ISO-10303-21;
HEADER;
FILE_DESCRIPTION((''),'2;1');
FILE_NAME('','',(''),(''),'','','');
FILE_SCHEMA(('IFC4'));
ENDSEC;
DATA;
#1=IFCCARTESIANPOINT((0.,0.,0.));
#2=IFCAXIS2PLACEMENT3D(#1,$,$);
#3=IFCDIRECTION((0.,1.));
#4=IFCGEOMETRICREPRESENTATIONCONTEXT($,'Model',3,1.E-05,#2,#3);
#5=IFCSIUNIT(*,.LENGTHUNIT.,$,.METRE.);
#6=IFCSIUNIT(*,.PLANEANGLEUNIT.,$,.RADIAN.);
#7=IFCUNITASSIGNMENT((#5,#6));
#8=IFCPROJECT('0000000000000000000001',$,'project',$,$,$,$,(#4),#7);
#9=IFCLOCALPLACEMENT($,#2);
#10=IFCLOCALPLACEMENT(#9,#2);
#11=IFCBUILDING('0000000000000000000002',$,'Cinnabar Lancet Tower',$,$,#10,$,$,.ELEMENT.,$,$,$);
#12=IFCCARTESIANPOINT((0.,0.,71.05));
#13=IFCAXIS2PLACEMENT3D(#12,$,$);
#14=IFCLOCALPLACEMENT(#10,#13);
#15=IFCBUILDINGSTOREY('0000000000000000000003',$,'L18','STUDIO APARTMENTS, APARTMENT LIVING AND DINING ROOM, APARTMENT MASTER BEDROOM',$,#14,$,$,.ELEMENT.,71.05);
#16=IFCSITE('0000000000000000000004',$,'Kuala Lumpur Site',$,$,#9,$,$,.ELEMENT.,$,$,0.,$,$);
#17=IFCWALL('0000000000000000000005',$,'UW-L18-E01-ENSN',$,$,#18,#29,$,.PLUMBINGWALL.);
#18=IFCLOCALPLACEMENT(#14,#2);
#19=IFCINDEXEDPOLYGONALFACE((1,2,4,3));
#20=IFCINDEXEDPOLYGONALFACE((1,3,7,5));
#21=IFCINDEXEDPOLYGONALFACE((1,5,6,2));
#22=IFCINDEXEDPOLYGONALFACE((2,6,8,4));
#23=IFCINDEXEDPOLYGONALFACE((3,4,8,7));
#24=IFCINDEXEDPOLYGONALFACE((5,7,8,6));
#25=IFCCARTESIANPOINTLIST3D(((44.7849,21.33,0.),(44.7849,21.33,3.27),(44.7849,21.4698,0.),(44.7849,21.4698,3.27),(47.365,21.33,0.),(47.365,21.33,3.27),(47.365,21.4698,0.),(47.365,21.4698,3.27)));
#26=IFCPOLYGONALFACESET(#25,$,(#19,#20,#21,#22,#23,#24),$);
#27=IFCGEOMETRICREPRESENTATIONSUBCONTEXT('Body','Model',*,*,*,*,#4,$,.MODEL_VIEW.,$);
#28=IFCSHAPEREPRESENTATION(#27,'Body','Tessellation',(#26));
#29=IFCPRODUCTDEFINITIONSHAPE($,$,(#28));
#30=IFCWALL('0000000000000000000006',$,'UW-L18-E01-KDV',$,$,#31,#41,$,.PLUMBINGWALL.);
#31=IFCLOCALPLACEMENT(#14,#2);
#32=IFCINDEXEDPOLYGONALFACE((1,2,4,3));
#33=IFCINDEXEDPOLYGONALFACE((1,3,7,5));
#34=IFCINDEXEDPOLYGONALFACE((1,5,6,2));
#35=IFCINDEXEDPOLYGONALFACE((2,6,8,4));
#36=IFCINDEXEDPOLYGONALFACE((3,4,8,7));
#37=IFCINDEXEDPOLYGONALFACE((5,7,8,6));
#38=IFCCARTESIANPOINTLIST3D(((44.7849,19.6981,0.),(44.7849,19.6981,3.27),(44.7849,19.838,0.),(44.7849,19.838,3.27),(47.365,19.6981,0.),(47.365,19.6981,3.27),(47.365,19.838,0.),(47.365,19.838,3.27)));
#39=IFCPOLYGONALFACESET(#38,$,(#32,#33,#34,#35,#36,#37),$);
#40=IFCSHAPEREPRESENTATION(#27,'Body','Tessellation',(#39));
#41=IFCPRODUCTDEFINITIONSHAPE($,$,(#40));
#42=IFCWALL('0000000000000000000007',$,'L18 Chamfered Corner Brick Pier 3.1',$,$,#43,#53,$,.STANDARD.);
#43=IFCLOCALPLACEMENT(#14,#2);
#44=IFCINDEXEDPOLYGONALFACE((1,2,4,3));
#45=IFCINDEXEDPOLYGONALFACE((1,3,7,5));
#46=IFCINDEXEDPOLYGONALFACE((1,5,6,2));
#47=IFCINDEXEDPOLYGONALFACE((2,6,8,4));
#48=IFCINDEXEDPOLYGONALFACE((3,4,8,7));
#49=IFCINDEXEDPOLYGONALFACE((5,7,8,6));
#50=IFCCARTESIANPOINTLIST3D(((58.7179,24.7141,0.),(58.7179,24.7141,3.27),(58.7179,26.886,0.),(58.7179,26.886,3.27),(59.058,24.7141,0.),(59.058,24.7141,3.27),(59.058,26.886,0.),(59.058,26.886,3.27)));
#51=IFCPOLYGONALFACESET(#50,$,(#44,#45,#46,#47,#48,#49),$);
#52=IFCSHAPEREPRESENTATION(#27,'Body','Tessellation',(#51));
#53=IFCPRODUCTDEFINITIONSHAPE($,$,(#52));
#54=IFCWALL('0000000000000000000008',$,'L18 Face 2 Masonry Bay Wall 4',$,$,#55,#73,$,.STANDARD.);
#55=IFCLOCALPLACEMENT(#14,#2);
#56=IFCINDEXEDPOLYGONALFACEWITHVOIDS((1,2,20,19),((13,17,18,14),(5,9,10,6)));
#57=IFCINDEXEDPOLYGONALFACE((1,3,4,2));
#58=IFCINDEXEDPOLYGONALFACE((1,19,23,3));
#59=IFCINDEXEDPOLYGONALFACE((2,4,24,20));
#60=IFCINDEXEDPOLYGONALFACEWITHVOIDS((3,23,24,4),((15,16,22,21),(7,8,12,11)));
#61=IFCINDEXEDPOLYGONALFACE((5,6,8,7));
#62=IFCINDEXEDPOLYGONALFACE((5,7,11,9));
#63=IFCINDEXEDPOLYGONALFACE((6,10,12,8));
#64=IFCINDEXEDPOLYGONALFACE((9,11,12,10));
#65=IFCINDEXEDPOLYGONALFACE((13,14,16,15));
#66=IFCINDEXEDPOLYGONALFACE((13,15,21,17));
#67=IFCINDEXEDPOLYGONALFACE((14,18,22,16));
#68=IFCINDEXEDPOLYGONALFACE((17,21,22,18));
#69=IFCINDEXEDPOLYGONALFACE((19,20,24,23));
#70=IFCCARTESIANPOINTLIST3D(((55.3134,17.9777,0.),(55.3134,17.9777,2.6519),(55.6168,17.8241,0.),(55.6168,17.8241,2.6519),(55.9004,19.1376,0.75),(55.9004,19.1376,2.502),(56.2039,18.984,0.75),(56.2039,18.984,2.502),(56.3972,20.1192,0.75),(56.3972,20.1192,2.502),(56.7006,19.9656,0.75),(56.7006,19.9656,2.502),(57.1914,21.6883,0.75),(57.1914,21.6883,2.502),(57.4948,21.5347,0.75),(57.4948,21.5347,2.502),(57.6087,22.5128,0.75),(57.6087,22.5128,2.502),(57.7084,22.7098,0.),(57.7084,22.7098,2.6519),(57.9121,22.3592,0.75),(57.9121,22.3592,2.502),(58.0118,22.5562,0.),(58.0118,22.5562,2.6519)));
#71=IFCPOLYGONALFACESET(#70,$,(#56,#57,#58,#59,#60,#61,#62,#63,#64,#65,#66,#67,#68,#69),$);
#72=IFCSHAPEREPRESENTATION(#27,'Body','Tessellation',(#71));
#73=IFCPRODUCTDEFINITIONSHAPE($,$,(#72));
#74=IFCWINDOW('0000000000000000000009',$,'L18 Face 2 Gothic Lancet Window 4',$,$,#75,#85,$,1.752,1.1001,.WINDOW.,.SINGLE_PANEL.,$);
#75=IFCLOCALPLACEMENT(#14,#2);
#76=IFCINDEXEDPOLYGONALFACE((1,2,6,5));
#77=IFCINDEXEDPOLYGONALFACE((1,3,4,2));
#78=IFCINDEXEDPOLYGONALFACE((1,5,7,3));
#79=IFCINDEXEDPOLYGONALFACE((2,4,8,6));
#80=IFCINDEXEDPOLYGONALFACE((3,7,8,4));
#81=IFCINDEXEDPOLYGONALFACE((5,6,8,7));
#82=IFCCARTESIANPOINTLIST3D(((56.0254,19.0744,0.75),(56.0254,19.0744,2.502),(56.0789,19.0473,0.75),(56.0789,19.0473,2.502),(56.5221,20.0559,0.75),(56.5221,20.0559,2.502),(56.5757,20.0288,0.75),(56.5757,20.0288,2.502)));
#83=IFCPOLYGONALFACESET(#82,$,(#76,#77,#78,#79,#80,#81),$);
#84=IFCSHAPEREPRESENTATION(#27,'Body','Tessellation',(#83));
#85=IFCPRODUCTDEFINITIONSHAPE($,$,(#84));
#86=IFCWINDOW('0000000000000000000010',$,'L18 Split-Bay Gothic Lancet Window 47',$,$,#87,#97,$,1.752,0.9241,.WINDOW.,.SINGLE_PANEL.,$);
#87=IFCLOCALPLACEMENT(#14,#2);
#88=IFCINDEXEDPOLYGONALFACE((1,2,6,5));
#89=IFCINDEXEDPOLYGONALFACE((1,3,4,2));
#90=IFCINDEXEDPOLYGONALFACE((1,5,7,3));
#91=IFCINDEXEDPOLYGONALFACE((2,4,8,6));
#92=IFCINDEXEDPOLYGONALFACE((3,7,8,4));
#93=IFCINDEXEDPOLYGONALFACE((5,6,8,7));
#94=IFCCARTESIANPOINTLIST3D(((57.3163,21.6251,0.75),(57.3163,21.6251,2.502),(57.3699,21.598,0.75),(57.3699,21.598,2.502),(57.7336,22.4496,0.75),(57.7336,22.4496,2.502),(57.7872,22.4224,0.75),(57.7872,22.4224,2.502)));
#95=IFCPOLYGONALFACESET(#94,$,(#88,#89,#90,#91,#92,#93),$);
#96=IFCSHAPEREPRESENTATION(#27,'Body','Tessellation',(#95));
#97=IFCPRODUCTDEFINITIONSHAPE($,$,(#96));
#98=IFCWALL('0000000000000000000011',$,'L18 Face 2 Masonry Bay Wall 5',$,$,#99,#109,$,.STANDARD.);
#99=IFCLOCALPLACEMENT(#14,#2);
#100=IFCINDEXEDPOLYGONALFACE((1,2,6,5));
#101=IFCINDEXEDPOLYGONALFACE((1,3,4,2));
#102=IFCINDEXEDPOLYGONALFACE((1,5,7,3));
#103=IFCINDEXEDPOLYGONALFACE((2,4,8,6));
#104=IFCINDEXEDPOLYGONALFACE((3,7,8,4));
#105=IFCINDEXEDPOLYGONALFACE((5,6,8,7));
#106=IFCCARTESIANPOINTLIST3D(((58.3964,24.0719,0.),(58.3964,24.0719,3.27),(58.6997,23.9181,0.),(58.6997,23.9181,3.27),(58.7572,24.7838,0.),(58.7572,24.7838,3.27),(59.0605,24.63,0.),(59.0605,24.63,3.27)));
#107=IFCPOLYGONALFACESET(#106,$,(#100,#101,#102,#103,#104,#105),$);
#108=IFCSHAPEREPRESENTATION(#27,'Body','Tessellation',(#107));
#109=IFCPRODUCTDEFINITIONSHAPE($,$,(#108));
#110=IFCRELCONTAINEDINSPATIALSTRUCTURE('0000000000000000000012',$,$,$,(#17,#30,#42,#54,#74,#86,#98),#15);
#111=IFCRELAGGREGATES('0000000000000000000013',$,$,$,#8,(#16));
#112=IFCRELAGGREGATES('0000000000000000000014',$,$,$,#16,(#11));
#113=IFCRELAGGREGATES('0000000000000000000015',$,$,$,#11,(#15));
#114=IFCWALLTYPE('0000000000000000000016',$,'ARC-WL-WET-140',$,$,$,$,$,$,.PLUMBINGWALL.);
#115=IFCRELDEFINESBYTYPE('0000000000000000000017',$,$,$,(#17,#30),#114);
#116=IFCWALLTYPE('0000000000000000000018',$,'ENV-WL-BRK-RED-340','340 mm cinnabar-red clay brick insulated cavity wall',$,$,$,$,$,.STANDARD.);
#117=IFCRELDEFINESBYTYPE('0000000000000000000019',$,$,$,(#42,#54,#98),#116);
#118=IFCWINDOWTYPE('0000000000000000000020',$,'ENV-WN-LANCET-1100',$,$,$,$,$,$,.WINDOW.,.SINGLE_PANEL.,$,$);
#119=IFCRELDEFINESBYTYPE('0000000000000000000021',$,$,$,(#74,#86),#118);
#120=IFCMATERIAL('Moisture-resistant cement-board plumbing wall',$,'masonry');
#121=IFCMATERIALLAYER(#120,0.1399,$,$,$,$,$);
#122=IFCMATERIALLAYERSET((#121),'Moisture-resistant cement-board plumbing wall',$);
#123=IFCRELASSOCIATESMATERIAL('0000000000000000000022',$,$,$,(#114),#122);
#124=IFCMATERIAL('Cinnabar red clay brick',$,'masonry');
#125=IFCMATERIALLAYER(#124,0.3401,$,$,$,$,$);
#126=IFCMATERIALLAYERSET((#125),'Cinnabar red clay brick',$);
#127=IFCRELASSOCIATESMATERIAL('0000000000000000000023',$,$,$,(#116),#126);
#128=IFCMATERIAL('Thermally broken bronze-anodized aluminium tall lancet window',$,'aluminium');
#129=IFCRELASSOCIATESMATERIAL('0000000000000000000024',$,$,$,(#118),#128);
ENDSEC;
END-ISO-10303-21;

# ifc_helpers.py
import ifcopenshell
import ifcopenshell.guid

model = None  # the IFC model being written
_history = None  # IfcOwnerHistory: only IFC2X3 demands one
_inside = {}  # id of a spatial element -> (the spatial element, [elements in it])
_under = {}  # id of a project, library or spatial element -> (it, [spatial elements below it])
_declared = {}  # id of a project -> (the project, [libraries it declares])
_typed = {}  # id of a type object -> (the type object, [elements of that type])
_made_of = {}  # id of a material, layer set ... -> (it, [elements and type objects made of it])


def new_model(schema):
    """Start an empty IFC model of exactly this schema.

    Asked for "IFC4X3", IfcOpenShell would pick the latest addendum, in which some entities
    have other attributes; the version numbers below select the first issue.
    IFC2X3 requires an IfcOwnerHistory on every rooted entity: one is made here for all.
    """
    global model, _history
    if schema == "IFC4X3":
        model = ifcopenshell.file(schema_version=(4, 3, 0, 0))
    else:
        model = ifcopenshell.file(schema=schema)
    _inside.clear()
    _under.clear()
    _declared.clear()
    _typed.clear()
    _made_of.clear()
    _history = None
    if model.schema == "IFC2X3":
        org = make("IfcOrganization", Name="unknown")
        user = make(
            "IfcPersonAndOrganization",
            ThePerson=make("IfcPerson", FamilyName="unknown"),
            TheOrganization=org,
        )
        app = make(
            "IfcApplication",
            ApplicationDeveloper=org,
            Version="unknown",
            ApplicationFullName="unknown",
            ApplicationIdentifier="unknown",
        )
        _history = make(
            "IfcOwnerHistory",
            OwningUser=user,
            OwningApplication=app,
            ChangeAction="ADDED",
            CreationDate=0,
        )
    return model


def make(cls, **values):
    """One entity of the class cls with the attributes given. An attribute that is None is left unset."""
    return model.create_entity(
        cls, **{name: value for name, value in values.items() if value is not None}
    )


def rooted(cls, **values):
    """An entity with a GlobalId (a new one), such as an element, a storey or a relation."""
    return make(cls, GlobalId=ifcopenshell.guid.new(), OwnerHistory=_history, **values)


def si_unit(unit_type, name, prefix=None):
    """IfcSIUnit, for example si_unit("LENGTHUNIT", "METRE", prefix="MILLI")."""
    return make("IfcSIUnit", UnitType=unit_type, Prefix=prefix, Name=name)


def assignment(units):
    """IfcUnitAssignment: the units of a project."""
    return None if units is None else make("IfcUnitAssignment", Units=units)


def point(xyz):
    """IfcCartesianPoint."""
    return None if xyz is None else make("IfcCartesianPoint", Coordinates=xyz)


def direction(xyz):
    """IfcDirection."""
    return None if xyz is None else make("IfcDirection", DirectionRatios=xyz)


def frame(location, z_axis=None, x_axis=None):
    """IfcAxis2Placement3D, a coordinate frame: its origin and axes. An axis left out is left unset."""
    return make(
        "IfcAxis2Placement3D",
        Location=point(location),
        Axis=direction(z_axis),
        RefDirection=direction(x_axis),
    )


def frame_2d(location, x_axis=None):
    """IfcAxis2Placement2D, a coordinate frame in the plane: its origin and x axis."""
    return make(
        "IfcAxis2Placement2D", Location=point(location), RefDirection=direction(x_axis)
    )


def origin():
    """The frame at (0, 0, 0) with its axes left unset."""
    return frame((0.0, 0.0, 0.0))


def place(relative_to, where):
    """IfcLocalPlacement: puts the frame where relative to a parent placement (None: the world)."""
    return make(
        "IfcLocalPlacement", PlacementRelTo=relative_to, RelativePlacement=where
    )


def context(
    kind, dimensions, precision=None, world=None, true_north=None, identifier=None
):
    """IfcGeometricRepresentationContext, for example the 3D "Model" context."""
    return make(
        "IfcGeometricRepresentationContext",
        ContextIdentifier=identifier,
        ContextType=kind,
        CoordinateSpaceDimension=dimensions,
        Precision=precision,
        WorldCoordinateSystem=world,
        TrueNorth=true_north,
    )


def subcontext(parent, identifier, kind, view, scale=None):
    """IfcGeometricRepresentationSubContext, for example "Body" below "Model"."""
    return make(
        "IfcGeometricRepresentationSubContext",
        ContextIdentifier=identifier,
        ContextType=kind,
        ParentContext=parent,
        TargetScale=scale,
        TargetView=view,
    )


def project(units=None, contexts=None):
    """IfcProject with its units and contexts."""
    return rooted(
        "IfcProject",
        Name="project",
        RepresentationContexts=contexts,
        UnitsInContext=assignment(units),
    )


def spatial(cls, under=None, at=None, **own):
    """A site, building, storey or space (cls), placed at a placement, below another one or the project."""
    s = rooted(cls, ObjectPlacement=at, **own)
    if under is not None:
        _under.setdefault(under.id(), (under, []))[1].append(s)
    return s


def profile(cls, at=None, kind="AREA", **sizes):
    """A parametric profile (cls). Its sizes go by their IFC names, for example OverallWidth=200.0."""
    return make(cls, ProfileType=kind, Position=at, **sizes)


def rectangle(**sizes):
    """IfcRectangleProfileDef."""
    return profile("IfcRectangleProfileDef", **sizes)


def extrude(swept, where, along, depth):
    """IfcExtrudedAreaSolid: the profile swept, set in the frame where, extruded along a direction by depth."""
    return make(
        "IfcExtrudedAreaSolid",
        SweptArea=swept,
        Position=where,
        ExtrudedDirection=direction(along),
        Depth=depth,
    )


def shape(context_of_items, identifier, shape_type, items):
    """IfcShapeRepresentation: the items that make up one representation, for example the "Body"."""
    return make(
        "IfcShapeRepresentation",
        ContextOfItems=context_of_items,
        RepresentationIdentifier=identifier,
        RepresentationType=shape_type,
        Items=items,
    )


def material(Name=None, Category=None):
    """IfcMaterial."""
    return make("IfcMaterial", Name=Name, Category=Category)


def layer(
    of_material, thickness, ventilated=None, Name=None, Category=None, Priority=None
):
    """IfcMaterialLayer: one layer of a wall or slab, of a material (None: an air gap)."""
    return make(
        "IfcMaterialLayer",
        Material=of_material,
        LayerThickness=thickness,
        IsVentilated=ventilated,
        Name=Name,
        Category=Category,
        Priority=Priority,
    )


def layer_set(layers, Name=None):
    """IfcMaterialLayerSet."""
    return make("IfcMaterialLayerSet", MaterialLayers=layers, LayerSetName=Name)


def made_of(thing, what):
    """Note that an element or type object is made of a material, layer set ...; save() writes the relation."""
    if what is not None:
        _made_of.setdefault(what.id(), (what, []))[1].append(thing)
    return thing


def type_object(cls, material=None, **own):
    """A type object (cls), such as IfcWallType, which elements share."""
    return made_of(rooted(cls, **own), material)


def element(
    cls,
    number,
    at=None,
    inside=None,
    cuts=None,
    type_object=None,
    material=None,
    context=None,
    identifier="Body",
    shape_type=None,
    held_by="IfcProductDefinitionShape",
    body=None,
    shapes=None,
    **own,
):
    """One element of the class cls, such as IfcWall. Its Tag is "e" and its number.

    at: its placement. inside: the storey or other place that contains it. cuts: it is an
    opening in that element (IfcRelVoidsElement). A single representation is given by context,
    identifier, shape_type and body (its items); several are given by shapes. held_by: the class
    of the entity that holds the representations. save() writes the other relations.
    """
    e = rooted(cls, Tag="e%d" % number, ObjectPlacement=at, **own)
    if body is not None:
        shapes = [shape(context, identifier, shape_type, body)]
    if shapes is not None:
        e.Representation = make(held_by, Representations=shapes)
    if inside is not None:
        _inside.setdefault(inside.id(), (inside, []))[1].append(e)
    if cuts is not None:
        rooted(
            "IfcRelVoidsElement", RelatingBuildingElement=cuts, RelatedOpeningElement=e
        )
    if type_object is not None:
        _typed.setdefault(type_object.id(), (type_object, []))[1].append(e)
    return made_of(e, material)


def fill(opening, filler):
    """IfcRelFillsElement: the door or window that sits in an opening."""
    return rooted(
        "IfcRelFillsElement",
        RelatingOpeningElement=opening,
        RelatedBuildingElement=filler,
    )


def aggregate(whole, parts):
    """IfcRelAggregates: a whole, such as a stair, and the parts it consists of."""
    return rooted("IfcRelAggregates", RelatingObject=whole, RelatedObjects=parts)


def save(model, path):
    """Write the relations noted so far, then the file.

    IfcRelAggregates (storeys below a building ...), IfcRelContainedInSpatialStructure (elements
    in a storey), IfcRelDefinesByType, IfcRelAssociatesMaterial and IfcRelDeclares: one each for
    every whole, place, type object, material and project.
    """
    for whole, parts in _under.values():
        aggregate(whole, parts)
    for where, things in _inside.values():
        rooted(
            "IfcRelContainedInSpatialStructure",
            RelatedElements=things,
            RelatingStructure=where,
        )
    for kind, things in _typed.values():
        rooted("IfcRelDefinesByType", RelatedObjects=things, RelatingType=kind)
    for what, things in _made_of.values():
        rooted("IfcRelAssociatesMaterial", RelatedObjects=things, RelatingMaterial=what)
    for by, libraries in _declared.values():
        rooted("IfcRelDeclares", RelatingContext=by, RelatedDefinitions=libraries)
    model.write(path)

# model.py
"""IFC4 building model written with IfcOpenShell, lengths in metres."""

from ifc_helpers import new_model, si_unit, direction, frame, frame_2d, origin, place, context, subcontext, project, spatial, rectangle, extrude, material, layer, layer_set, type_object, element, fill, save


model = new_model("IFC4")

# Units and contexts
model_context = context("Model", 3, precision=1e-05, world=origin(), true_north=direction((0.0, 1.0)))
body_context = subcontext(model_context, "Body", "Model", "MODEL_VIEW")
ifc_project = project(units=[si_unit("LENGTHUNIT", "METRE"), si_unit("PLANEANGLEUNIT", "RADIAN")], contexts=[model_context])

# Site, building, storey
site_placement = place(None, origin())
site = spatial("IfcSite", under=ifc_project, at=site_placement, Name="Kuala Lumpur Site", CompositionType="ELEMENT", RefElevation=0.0)
building_placement = place(site_placement, origin())
building = spatial("IfcBuilding", under=site, at=building_placement, Name="Cinnabar Lancet Tower", CompositionType="ELEMENT")
storey_placement = place(building_placement, frame((0.0, 0.0, 71.05)))
storey = spatial("IfcBuildingStorey", under=building, at=storey_placement, Name="L18", Description="STUDIO APARTMENTS, APARTMENT LIVING AND DINING ROOM, APARTMENT MASTER BEDROOM", CompositionType="ELEMENT", Elevation=71.05)

# Shared definitions
ifc_material_1 = material(Name="Moisture-resistant cement-board plumbing wall", Category="masonry")
ifc_layer_1 = layer(ifc_material_1, 0.1399)
ifc_layer_set_1 = layer_set([ifc_layer_1], Name="Moisture-resistant cement-board plumbing wall")
wall_type_1 = type_object("IfcWallType", Name="ARC-WL-WET-140", PredefinedType="PLUMBINGWALL", material=ifc_layer_set_1)

# Walls
for number, where, z_axis, x_axis, name in (
    (1, (44.7849, 21.3999, 0.0), (0.0, 0.0, 1.0), (1.0, 0.0, 0.0), "UW-L18-E01-ENSN"),
    (2, (44.7849, 19.7681, 0.0), (0.0, 0.0, 1.0), (1.0, 0.0, 0.0), "UW-L18-E01-KDV"),
):
    element("IfcWall", number, at=place(storey_placement, frame(where, z_axis=z_axis, x_axis=x_axis)), inside=storey, type_object=wall_type_1, Name=name, PredefinedType="PLUMBINGWALL", context=body_context, shape_type="SweptSolid", body=[
        extrude(rectangle(XDim=2.5801, YDim=0.1399, at=frame_2d((1.29, 0.0))), origin(), (0.0, 0.0, 1.0), 3.27),
    ])
ifc_material_2 = material(Name="Cinnabar red clay brick", Category="masonry")
ifc_layer_2 = layer(ifc_material_2, 0.3401)
ifc_layer_set_2 = layer_set([ifc_layer_2], Name="Cinnabar red clay brick")
wall_type_2 = type_object("IfcWallType", Name="ENV-WL-BRK-RED-340", Description="340 mm cinnabar-red clay brick insulated cavity wall", PredefinedType="STANDARD", material=ifc_layer_set_2)
wall_1_placement = place(storey_placement, frame((58.8879, 24.7141, 0.0), z_axis=(0.0, 0.0, 1.0), x_axis=(0.0, 1.0, 0.0)))
element("IfcWall", 3, at=wall_1_placement, inside=storey, type_object=wall_type_2, Name="L18 Chamfered Corner Brick Pier 3.1", PredefinedType="STANDARD", context=body_context, shape_type="SweptSolid", body=[
    extrude(rectangle(XDim=2.1719, YDim=0.3401, at=frame_2d((1.0859, 0.0))), origin(), (0.0, 0.0, 1.0), 3.27),
])

# Wall, openings, windows
wall_2_placement = place(storey_placement, frame((55.4651, 17.9009, 0.0), z_axis=(0.0, 0.0, 1.0), x_axis=(0.451572, 0.892235, 0.0)))
wall_2 = element("IfcWall", 4, at=wall_2_placement, inside=storey, type_object=wall_type_2, Name="L18 Face 2 Masonry Bay Wall 4", PredefinedType="STANDARD", context=body_context, shape_type="SweptSolid", body=[
    extrude(rectangle(XDim=5.3037, YDim=0.3401, at=frame_2d((2.6519, 0.0))), origin(), (0.0, 0.0, 1.0), 2.6519),
])
opening_1_placement = place(wall_2_placement, frame((1.3, 0.0, 0.75)))
opening_1 = element("IfcOpeningElement", 5, at=opening_1_placement, cuts=wall_2, PredefinedType="OPENING", context=body_context, shape_type="SweptSolid", body=[
    extrude(rectangle(XDim=1.1001, YDim=1.752, at=frame_2d((0.55, 0.876))), frame((0.0, 0.1799, 0.0), z_axis=(0.0, -1.0, 0.0), x_axis=(1.0, 0.0, 0.0)), (0.0, 0.0, 1.0), 0.3601),
])
opening_2_placement = place(wall_2_placement, frame((4.1589, 0.0, 0.75)))
opening_2 = element("IfcOpeningElement", 6, at=opening_2_placement, cuts=wall_2, PredefinedType="OPENING", context=body_context, shape_type="SweptSolid", body=[
    extrude(rectangle(XDim=0.9241, YDim=1.752, at=frame_2d((0.4619, 0.876))), frame((0.0, 0.1799, 0.0), z_axis=(0.0, -1.0, 0.0), x_axis=(1.0, 0.0, 0.0)), (0.0, 0.0, 1.0), 0.3601),
])
ifc_material_3 = material(Name="Thermally broken bronze-anodized aluminium tall lancet window", Category="aluminium")
window_type = type_object("IfcWindowType", Name="ENV-WN-LANCET-1100", PartitioningType="SINGLE_PANEL", PredefinedType="WINDOW", material=ifc_material_3)
window_1_placement = place(opening_1_placement, origin())
window_1 = element("IfcWindow", 7, at=window_1_placement, inside=storey, type_object=window_type, Name="L18 Face 2 Gothic Lancet Window 4", OverallHeight=1.752, OverallWidth=1.1001, PartitioningType="SINGLE_PANEL", PredefinedType="WINDOW", context=body_context, shape_type="SweptSolid", body=[
    extrude(rectangle(XDim=1.1001, YDim=1.752, at=frame_2d((0.55, 0.876))), frame((0.0, 0.03, 0.0), z_axis=(0.0, -1.0, 0.0), x_axis=(1.0, 0.0, 0.0)), (0.0, 0.0, 1.0), 0.0601),
])
fill(opening_1, window_1)
window_2_placement = place(opening_2_placement, origin())
window_2 = element("IfcWindow", 8, at=window_2_placement, inside=storey, type_object=window_type, Name="L18 Split-Bay Gothic Lancet Window 47", OverallHeight=1.752, OverallWidth=0.9241, PartitioningType="SINGLE_PANEL", PredefinedType="WINDOW", context=body_context, shape_type="SweptSolid", body=[
    extrude(rectangle(XDim=0.9241, YDim=1.752, at=frame_2d((0.4619, 0.876))), frame((0.0, 0.03, 0.0), z_axis=(0.0, -1.0, 0.0), x_axis=(1.0, 0.0, 0.0)), (0.0, 0.0, 1.0), 0.0601),
])
fill(opening_2, window_2)

# Wall
wall_3_placement = place(storey_placement, frame((58.5481, 23.9951, 0.0), z_axis=(0.0, 0.0, 1.0), x_axis=(0.452101, 0.891967, 0.0)))
element("IfcWall", 9, at=wall_3_placement, inside=storey, type_object=wall_type_2, Name="L18 Face 2 Masonry Bay Wall 5", PredefinedType="STANDARD", context=body_context, shape_type="SweptSolid", body=[
    extrude(rectangle(XDim=0.7981, YDim=0.3401, at=frame_2d((0.3989, 0.0))), origin(), (0.0, 0.0, 1.0), 3.27),
])

save(model, "model.ifc")
